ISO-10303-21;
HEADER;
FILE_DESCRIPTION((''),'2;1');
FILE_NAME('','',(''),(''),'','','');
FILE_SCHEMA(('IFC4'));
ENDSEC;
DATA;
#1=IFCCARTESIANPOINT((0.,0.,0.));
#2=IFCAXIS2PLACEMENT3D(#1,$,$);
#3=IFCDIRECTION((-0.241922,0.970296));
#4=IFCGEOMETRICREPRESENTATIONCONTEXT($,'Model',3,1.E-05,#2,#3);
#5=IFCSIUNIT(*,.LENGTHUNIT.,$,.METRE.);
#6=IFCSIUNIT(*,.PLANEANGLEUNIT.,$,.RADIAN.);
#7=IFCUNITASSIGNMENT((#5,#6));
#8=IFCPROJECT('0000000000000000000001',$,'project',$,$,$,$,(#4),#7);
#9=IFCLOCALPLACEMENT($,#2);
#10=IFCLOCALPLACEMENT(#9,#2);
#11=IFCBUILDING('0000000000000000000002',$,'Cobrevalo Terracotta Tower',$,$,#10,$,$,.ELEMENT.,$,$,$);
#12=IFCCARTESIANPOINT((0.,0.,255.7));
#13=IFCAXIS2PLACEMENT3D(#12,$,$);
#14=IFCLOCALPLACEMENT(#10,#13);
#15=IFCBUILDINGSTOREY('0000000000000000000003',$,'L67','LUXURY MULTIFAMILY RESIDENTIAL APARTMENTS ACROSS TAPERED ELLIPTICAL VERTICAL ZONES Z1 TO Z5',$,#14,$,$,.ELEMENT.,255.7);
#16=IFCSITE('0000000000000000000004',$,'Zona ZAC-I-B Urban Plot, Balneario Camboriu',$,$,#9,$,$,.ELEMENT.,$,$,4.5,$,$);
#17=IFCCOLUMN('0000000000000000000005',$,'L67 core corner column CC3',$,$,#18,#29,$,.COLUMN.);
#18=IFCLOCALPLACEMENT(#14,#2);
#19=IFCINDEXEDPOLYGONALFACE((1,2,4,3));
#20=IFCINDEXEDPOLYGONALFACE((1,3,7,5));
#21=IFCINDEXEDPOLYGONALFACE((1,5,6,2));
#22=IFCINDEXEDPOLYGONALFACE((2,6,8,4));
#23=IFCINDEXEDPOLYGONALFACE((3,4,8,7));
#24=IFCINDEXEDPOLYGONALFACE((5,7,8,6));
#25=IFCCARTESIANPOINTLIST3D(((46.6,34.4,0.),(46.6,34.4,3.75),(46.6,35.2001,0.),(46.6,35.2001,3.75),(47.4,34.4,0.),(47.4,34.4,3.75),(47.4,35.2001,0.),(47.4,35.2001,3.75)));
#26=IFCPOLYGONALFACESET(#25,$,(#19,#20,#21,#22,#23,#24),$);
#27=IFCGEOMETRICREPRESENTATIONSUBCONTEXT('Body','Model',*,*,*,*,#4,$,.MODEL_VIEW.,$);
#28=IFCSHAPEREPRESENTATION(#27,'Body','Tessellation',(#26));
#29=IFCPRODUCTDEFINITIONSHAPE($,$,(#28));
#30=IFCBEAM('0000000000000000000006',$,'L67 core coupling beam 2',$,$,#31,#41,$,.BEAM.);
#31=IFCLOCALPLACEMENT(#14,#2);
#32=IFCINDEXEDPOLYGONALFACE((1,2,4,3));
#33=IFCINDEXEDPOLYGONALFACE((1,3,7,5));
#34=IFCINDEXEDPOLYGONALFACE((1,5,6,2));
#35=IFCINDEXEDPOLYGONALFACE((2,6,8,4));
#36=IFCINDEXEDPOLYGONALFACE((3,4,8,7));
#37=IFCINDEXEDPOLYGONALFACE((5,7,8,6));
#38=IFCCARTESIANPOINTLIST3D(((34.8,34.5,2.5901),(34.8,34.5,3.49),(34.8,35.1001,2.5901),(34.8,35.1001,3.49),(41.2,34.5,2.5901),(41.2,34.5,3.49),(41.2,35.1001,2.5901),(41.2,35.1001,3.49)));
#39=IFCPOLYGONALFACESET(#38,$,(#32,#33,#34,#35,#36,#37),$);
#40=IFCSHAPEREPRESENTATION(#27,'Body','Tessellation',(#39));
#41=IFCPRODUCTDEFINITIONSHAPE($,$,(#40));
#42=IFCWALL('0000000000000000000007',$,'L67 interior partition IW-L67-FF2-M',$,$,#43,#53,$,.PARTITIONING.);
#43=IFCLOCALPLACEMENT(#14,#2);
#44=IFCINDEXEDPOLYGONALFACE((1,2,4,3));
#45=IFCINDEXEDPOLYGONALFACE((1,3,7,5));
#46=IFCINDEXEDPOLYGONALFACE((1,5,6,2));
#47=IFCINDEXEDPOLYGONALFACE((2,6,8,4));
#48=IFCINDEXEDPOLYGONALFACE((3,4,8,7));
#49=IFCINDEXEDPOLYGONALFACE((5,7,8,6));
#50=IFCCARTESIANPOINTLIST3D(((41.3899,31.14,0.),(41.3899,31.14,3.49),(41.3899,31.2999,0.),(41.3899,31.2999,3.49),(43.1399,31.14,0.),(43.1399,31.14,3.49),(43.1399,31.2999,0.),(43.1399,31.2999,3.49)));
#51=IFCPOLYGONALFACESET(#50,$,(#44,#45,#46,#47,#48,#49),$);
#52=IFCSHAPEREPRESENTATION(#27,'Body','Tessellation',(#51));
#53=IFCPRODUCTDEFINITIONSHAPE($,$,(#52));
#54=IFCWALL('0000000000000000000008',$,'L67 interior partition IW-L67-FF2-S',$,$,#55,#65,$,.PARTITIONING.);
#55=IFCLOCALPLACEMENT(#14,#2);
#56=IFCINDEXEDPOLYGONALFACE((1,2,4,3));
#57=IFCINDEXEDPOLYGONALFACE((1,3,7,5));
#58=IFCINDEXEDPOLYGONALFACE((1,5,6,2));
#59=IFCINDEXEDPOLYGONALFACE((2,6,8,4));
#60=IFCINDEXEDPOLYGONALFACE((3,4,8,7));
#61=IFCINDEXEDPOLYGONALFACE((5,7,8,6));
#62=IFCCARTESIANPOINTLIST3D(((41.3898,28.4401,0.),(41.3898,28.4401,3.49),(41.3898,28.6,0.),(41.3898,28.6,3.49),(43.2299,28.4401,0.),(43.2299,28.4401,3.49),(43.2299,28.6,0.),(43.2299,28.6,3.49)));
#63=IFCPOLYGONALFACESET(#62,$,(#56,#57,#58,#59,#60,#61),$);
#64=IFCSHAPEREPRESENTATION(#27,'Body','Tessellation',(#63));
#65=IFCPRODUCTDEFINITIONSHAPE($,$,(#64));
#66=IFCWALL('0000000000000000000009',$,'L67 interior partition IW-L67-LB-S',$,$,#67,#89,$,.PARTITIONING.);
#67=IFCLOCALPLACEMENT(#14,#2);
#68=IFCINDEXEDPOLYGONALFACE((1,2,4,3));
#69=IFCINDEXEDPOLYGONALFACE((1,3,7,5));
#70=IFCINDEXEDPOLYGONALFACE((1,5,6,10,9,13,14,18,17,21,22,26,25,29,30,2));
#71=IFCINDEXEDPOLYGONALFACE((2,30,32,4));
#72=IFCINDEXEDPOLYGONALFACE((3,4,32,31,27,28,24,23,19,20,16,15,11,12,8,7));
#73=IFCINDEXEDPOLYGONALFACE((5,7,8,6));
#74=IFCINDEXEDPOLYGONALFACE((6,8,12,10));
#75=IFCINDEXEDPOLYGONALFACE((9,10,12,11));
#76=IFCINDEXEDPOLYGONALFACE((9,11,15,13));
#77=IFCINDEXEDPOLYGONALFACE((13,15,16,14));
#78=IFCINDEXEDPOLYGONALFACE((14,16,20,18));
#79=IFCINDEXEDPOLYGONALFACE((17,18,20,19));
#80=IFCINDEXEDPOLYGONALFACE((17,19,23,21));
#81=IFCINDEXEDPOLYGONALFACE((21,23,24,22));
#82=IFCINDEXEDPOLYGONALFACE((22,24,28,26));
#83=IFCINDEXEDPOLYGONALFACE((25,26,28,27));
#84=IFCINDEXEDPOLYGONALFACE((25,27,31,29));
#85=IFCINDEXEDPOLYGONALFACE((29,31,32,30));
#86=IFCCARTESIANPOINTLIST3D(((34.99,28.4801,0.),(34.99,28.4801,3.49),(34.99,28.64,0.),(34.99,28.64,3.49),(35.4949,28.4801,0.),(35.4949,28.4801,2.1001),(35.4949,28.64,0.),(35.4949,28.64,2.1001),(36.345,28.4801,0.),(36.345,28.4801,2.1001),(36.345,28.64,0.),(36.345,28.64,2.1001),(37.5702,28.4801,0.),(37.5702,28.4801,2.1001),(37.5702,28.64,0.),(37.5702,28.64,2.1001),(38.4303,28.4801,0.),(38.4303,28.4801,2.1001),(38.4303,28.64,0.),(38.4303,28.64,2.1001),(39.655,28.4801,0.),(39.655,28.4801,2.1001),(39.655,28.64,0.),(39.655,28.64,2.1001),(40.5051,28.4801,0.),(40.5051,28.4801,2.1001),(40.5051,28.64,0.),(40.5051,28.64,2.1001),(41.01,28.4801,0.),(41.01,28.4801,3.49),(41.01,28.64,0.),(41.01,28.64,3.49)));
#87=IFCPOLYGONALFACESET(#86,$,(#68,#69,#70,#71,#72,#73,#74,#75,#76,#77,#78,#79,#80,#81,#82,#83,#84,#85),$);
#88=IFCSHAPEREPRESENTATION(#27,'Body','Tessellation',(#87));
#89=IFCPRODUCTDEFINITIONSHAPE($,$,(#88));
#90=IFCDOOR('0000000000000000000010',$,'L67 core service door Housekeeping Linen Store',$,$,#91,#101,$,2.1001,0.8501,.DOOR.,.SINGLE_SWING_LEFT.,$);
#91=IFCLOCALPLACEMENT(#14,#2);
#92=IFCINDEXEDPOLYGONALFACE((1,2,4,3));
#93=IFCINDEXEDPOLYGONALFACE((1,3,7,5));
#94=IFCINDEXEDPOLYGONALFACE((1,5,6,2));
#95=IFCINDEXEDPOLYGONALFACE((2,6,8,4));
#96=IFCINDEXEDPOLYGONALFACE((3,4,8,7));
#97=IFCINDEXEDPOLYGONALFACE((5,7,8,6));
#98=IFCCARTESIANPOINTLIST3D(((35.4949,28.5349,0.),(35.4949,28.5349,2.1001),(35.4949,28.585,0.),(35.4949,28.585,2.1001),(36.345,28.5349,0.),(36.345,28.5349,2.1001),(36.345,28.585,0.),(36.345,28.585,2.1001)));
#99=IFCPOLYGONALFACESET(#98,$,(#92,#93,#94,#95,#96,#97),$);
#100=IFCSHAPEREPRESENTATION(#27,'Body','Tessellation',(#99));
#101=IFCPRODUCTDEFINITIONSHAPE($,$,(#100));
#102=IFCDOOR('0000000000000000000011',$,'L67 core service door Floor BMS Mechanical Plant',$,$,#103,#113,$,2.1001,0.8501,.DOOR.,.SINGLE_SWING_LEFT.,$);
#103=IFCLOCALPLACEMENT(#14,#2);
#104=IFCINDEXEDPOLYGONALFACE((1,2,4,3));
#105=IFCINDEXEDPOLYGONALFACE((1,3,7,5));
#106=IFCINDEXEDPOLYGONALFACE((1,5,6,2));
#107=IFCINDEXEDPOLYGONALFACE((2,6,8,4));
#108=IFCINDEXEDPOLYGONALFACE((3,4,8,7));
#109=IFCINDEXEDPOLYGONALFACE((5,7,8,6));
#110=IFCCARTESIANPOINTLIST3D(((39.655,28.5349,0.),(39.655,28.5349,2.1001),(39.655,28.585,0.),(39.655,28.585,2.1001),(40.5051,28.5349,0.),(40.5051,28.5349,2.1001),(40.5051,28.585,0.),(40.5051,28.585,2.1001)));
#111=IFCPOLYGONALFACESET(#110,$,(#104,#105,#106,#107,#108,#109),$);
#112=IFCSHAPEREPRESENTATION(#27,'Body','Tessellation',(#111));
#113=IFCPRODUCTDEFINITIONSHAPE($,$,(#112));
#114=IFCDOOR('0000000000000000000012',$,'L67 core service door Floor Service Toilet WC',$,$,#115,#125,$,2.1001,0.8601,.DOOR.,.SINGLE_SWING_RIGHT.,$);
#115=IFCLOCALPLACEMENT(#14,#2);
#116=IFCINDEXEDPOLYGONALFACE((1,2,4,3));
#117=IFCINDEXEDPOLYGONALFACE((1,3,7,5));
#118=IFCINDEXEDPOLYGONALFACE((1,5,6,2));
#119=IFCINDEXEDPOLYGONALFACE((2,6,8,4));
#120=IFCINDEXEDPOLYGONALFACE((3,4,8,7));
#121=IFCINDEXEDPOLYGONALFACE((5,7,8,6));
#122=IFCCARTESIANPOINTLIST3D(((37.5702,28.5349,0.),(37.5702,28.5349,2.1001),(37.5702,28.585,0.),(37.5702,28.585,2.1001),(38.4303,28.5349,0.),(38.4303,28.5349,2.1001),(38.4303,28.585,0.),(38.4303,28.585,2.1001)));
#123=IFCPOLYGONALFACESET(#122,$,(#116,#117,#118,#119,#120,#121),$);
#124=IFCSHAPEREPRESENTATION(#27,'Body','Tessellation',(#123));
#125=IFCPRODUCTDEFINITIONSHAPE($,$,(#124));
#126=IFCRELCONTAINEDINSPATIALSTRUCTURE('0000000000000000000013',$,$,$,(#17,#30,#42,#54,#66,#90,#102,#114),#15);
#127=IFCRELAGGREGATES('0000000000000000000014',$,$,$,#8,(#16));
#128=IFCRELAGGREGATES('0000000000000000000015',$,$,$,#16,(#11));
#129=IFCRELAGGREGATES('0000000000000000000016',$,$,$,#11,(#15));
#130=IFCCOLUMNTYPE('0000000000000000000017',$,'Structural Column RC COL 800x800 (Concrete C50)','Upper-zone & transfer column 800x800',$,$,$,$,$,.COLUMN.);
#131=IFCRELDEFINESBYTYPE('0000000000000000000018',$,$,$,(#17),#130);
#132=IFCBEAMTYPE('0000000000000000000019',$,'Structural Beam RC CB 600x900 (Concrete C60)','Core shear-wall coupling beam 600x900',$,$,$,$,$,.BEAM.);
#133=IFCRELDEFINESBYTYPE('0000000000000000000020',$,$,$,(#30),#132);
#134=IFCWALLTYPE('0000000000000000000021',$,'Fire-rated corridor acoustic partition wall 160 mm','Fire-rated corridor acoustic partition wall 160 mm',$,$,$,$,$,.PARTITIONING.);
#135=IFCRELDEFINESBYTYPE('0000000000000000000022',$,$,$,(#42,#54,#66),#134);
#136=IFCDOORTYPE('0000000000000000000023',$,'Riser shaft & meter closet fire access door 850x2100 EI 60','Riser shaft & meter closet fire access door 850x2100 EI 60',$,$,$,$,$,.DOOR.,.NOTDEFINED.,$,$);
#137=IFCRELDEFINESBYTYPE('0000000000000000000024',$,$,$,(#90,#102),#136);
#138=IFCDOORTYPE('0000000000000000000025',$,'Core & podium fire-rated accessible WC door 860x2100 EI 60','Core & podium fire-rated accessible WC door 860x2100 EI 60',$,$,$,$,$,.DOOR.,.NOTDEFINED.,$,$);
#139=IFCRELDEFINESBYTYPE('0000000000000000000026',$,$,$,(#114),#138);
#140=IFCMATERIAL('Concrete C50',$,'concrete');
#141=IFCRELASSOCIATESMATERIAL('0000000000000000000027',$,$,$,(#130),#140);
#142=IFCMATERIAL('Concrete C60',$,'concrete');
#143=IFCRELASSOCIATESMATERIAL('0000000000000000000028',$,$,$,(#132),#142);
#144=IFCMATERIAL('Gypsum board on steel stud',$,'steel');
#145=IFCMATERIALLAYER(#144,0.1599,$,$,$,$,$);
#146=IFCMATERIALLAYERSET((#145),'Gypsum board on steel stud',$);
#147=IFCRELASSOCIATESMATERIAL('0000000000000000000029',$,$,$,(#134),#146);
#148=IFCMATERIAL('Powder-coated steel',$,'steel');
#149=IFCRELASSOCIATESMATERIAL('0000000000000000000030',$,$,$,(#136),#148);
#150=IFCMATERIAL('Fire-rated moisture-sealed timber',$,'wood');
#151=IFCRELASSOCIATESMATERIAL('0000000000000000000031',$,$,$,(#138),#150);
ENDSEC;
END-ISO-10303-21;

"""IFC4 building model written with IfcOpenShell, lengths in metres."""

from ifc_helpers import new_model, si_unit, direction, frame, frame_2d, origin, origin_2d, place, context, subcontext, project, spatial, rectangle, extrude, source, transform, mapped, material, layer, layer_set, material_profile, profile_set, type_object, element, fill, save


model = new_model("IFC4")

# Units and contexts
model_context = context("Model", 3, precision=1e-05, world=origin(), true_north=direction((-0.241922, 0.970296)))
body_context = subcontext(model_context, "Body", "Model", "MODEL_VIEW")
ifc_project = project(units=[si_unit("LENGTHUNIT", "METRE"), si_unit("PLANEANGLEUNIT", "RADIAN")], contexts=[model_context])

# Site, building, storey
site_placement = place(None, origin())
site = spatial("IfcSite", under=ifc_project, at=site_placement, Name="Zona ZAC-I-B Urban Plot, Balneario Camboriu", CompositionType="ELEMENT", RefElevation=4.5)
building_placement = place(site_placement, origin())
building = spatial("IfcBuilding", under=site, at=building_placement, Name="Cobrevalo Terracotta Tower", CompositionType="ELEMENT")
storey_placement = place(building_placement, frame((0.0, 0.0, 255.7)))
storey = spatial("IfcBuildingStorey", under=building, at=storey_placement, Name="L67", Description="LUXURY MULTIFAMILY RESIDENTIAL APARTMENTS ACROSS TAPERED ELLIPTICAL VERTICAL ZONES Z1 TO Z5", CompositionType="ELEMENT", Elevation=255.7)

# Column
ifc_material_1 = material(Name="Concrete C50", Category="concrete")
ifc_material_profile_1 = material_profile(ifc_material_1, rectangle(XDim=0.8, YDim=0.8, at=origin_2d()), Name="RC COL 800x800")
ifc_profile_set_1 = profile_set([ifc_material_profile_1], Name="Concrete C50")
column_type = type_object("IfcColumnType", Name="Structural Column RC COL 800x800 (Concrete C50)", Description="Upper-zone & transfer column 800x800", PredefinedType="COLUMN", material=ifc_profile_set_1)
column_placement = place(storey_placement, frame((47.0, 34.8, 0.0), z_axis=(0.0, 0.0, 1.0), x_axis=(1.0, 0.0, 0.0)))
element("IfcColumn", 1, at=column_placement, inside=storey, type_object=column_type, Name="L67 core corner column CC3", PredefinedType="COLUMN", context=body_context, shape_type="SweptSolid", body=[
    extrude(rectangle(XDim=0.8, YDim=0.8, at=origin_2d()), origin(), (0.0, 0.0, 1.0), 3.75),
])

# Beam
ifc_material_2 = material(Name="Concrete C60", Category="concrete")
ifc_material_profile_2 = material_profile(ifc_material_2, rectangle(XDim=0.6001, YDim=0.8999, at=origin_2d()), Name="RC CB 600x900")
ifc_profile_set_2 = profile_set([ifc_material_profile_2], Name="Concrete C60")
beam_type = type_object("IfcBeamType", Name="Structural Beam RC CB 600x900 (Concrete C60)", Description="Core shear-wall coupling beam 600x900", PredefinedType="BEAM", material=ifc_profile_set_2)
beam_placement = place(storey_placement, frame((34.8, 34.8, 3.04), z_axis=(1.0, 0.0, 0.0), x_axis=(0.0, 1.0, 0.0)))
element("IfcBeam", 2, at=beam_placement, inside=storey, type_object=beam_type, Name="L67 core coupling beam 2", PredefinedType="BEAM", context=body_context, shape_type="SweptSolid", body=[
    extrude(rectangle(XDim=0.6001, YDim=0.8999, at=origin_2d()), origin(), (0.0, 0.0, 1.0), 6.3999),
])

# Walls
ifc_material_3 = material(Name="Gypsum board on steel stud", Category="steel")
ifc_layer_1 = layer(ifc_material_3, 0.1599)
ifc_layer_set_1 = layer_set([ifc_layer_1], Name="Gypsum board on steel stud")
wall_type_1 = type_object("IfcWallType", Name="Fire-rated corridor acoustic partition wall 160 mm", Description="Fire-rated corridor acoustic partition wall 160 mm", PredefinedType="PARTITIONING", material=ifc_layer_set_1)
wall_1_placement = place(storey_placement, frame((41.3899, 31.22, 0.0), z_axis=(0.0, 0.0, 1.0), x_axis=(1.0, 0.0, 0.0)))
element("IfcWall", 3, at=wall_1_placement, inside=storey, type_object=wall_type_1, Name="L67 interior partition IW-L67-FF2-M", PredefinedType="PARTITIONING", context=body_context, shape_type="SweptSolid", body=[
    extrude(rectangle(XDim=1.75, YDim=0.1599, at=frame_2d((0.875, 0.0))), origin(), (0.0, 0.0, 1.0), 3.49),
])
wall_2_placement = place(storey_placement, frame((41.3899, 28.52, 0.0), z_axis=(0.0, 0.0, 1.0), x_axis=(1.0, 0.0, 0.0)))
element("IfcWall", 4, at=wall_2_placement, inside=storey, type_object=wall_type_1, Name="L67 interior partition IW-L67-FF2-S", PredefinedType="PARTITIONING", context=body_context, shape_type="SweptSolid", body=[
    extrude(rectangle(XDim=1.8401, YDim=0.1599, at=frame_2d((0.9199, 0.0))), origin(), (0.0, 0.0, 1.0), 3.49),
])

# Wall, openings, doors
wall_3_placement = place(storey_placement, frame((34.99, 28.5601, 0.0), z_axis=(0.0, 0.0, 1.0), x_axis=(1.0, 0.0, 0.0)))
wall_3 = element("IfcWall", 5, at=wall_3_placement, inside=storey, type_object=wall_type_1, Name="L67 interior partition IW-L67-LB-S", PredefinedType="PARTITIONING", context=body_context, shape_type="SweptSolid", body=[
    extrude(rectangle(XDim=6.02, YDim=0.1599, at=frame_2d((3.01, 0.0))), origin(), (0.0, 0.0, 1.0), 3.49),
])
opening_1_placement = place(wall_3_placement, frame((0.5049, 0.0, 0.0)))
opening_1 = element("IfcOpeningElement", 6, at=opening_1_placement, cuts=wall_3, PredefinedType="OPENING", context=body_context, shape_type="SweptSolid", body=[
    extrude(rectangle(XDim=0.8501, YDim=2.1001, at=frame_2d((0.425, 1.05))), frame((0.0, 0.0898, 0.0), z_axis=(0.0, -1.0, 0.0), x_axis=(1.0, 0.0, 0.0)), (0.0, 0.0, 1.0), 0.1799),
])
opening_2_placement = place(wall_3_placement, frame((2.5801, 0.0, 0.0)))
opening_2 = element("IfcOpeningElement", 7, at=opening_2_placement, cuts=wall_3, PredefinedType="OPENING", context=body_context, shape_type="SweptSolid", body=[
    extrude(rectangle(XDim=0.8601, YDim=2.1001, at=frame_2d((0.4302, 1.05))), frame((0.0, 0.0898, 0.0), z_axis=(0.0, -1.0, 0.0), x_axis=(1.0, 0.0, 0.0)), (0.0, 0.0, 1.0), 0.1799),
])
opening_3_placement = place(wall_3_placement, frame((4.665, 0.0, 0.0)))
opening_3 = element("IfcOpeningElement", 8, at=opening_3_placement, cuts=wall_3, PredefinedType="OPENING", context=body_context, shape_type="SweptSolid", body=[
    extrude(rectangle(XDim=0.8501, YDim=2.1001, at=frame_2d((0.425, 1.05))), frame((0.0, 0.0898, 0.0), z_axis=(0.0, -1.0, 0.0), x_axis=(1.0, 0.0, 0.0)), (0.0, 0.0, 1.0), 0.1799),
])
ifc_material_4 = material(Name="Powder-coated steel", Category="steel")
door_type_1 = type_object("IfcDoorType", Name="Riser shaft & meter closet fire access door 850x2100 EI 60", Description="Riser shaft & meter closet fire access door 850x2100 EI 60", OperationType="NOTDEFINED", PredefinedType="DOOR", material=ifc_material_4)
shared_shape_1 = source(origin(), body_context, "Body", "SweptSolid", [
    extrude(rectangle(XDim=0.8501, YDim=2.1001, at=frame_2d((0.425, 1.05))), frame((0.0, 0.0249, 0.0), z_axis=(0.0, -1.0, 0.0), x_axis=(1.0, 0.0, 0.0)), (0.0, 0.0, 1.0), 0.05),
])
door_1_placement = place(opening_1_placement, origin())
door_1 = element("IfcDoor", 9, at=door_1_placement, inside=storey, type_object=door_type_1, Name="L67 core service door Housekeeping Linen Store", OperationType="SINGLE_SWING_LEFT", OverallHeight=2.1001, OverallWidth=0.8501, PredefinedType="DOOR", context=body_context, shape_type="MappedRepresentation", body=[
    mapped(shared_shape_1, transform((0.0, 0.0, 0.0), scale=1.0)),
])
fill(opening_1, door_1)
door_2_placement = place(opening_3_placement, origin())
door_2 = element("IfcDoor", 10, at=door_2_placement, inside=storey, type_object=door_type_1, Name="L67 core service door Floor BMS Mechanical Plant", OperationType="SINGLE_SWING_LEFT", OverallHeight=2.1001, OverallWidth=0.8501, PredefinedType="DOOR", context=body_context, shape_type="MappedRepresentation", body=[
    mapped(shared_shape_1, transform((0.0, 0.0, 0.0), scale=1.0)),
])
fill(opening_3, door_2)
ifc_material_5 = material(Name="Fire-rated moisture-sealed timber", Category="wood")
door_type_2 = type_object("IfcDoorType", Name="Core & podium fire-rated accessible WC door 860x2100 EI 60", Description="Core & podium fire-rated accessible WC door 860x2100 EI 60", OperationType="NOTDEFINED", PredefinedType="DOOR", material=ifc_material_5)
shared_shape_2 = source(origin(), body_context, "Body", "SweptSolid", [
    extrude(rectangle(XDim=0.8601, YDim=2.1001, at=frame_2d((0.4302, 1.05))), frame((0.0, 0.0249, 0.0), z_axis=(0.0, -1.0, 0.0), x_axis=(1.0, 0.0, 0.0)), (0.0, 0.0, 1.0), 0.05),
])
door_3_placement = place(opening_2_placement, origin())
door_3 = element("IfcDoor", 11, at=door_3_placement, inside=storey, type_object=door_type_2, Name="L67 core service door Floor Service Toilet WC", OperationType="SINGLE_SWING_RIGHT", OverallHeight=2.1001, OverallWidth=0.8601, PredefinedType="DOOR", context=body_context, shape_type="MappedRepresentation", body=[
    mapped(shared_shape_2, transform((0.0, 0.0, 0.0), scale=1.0)),
])
fill(opening_2, door_3)

save(model, "model.ifc")
